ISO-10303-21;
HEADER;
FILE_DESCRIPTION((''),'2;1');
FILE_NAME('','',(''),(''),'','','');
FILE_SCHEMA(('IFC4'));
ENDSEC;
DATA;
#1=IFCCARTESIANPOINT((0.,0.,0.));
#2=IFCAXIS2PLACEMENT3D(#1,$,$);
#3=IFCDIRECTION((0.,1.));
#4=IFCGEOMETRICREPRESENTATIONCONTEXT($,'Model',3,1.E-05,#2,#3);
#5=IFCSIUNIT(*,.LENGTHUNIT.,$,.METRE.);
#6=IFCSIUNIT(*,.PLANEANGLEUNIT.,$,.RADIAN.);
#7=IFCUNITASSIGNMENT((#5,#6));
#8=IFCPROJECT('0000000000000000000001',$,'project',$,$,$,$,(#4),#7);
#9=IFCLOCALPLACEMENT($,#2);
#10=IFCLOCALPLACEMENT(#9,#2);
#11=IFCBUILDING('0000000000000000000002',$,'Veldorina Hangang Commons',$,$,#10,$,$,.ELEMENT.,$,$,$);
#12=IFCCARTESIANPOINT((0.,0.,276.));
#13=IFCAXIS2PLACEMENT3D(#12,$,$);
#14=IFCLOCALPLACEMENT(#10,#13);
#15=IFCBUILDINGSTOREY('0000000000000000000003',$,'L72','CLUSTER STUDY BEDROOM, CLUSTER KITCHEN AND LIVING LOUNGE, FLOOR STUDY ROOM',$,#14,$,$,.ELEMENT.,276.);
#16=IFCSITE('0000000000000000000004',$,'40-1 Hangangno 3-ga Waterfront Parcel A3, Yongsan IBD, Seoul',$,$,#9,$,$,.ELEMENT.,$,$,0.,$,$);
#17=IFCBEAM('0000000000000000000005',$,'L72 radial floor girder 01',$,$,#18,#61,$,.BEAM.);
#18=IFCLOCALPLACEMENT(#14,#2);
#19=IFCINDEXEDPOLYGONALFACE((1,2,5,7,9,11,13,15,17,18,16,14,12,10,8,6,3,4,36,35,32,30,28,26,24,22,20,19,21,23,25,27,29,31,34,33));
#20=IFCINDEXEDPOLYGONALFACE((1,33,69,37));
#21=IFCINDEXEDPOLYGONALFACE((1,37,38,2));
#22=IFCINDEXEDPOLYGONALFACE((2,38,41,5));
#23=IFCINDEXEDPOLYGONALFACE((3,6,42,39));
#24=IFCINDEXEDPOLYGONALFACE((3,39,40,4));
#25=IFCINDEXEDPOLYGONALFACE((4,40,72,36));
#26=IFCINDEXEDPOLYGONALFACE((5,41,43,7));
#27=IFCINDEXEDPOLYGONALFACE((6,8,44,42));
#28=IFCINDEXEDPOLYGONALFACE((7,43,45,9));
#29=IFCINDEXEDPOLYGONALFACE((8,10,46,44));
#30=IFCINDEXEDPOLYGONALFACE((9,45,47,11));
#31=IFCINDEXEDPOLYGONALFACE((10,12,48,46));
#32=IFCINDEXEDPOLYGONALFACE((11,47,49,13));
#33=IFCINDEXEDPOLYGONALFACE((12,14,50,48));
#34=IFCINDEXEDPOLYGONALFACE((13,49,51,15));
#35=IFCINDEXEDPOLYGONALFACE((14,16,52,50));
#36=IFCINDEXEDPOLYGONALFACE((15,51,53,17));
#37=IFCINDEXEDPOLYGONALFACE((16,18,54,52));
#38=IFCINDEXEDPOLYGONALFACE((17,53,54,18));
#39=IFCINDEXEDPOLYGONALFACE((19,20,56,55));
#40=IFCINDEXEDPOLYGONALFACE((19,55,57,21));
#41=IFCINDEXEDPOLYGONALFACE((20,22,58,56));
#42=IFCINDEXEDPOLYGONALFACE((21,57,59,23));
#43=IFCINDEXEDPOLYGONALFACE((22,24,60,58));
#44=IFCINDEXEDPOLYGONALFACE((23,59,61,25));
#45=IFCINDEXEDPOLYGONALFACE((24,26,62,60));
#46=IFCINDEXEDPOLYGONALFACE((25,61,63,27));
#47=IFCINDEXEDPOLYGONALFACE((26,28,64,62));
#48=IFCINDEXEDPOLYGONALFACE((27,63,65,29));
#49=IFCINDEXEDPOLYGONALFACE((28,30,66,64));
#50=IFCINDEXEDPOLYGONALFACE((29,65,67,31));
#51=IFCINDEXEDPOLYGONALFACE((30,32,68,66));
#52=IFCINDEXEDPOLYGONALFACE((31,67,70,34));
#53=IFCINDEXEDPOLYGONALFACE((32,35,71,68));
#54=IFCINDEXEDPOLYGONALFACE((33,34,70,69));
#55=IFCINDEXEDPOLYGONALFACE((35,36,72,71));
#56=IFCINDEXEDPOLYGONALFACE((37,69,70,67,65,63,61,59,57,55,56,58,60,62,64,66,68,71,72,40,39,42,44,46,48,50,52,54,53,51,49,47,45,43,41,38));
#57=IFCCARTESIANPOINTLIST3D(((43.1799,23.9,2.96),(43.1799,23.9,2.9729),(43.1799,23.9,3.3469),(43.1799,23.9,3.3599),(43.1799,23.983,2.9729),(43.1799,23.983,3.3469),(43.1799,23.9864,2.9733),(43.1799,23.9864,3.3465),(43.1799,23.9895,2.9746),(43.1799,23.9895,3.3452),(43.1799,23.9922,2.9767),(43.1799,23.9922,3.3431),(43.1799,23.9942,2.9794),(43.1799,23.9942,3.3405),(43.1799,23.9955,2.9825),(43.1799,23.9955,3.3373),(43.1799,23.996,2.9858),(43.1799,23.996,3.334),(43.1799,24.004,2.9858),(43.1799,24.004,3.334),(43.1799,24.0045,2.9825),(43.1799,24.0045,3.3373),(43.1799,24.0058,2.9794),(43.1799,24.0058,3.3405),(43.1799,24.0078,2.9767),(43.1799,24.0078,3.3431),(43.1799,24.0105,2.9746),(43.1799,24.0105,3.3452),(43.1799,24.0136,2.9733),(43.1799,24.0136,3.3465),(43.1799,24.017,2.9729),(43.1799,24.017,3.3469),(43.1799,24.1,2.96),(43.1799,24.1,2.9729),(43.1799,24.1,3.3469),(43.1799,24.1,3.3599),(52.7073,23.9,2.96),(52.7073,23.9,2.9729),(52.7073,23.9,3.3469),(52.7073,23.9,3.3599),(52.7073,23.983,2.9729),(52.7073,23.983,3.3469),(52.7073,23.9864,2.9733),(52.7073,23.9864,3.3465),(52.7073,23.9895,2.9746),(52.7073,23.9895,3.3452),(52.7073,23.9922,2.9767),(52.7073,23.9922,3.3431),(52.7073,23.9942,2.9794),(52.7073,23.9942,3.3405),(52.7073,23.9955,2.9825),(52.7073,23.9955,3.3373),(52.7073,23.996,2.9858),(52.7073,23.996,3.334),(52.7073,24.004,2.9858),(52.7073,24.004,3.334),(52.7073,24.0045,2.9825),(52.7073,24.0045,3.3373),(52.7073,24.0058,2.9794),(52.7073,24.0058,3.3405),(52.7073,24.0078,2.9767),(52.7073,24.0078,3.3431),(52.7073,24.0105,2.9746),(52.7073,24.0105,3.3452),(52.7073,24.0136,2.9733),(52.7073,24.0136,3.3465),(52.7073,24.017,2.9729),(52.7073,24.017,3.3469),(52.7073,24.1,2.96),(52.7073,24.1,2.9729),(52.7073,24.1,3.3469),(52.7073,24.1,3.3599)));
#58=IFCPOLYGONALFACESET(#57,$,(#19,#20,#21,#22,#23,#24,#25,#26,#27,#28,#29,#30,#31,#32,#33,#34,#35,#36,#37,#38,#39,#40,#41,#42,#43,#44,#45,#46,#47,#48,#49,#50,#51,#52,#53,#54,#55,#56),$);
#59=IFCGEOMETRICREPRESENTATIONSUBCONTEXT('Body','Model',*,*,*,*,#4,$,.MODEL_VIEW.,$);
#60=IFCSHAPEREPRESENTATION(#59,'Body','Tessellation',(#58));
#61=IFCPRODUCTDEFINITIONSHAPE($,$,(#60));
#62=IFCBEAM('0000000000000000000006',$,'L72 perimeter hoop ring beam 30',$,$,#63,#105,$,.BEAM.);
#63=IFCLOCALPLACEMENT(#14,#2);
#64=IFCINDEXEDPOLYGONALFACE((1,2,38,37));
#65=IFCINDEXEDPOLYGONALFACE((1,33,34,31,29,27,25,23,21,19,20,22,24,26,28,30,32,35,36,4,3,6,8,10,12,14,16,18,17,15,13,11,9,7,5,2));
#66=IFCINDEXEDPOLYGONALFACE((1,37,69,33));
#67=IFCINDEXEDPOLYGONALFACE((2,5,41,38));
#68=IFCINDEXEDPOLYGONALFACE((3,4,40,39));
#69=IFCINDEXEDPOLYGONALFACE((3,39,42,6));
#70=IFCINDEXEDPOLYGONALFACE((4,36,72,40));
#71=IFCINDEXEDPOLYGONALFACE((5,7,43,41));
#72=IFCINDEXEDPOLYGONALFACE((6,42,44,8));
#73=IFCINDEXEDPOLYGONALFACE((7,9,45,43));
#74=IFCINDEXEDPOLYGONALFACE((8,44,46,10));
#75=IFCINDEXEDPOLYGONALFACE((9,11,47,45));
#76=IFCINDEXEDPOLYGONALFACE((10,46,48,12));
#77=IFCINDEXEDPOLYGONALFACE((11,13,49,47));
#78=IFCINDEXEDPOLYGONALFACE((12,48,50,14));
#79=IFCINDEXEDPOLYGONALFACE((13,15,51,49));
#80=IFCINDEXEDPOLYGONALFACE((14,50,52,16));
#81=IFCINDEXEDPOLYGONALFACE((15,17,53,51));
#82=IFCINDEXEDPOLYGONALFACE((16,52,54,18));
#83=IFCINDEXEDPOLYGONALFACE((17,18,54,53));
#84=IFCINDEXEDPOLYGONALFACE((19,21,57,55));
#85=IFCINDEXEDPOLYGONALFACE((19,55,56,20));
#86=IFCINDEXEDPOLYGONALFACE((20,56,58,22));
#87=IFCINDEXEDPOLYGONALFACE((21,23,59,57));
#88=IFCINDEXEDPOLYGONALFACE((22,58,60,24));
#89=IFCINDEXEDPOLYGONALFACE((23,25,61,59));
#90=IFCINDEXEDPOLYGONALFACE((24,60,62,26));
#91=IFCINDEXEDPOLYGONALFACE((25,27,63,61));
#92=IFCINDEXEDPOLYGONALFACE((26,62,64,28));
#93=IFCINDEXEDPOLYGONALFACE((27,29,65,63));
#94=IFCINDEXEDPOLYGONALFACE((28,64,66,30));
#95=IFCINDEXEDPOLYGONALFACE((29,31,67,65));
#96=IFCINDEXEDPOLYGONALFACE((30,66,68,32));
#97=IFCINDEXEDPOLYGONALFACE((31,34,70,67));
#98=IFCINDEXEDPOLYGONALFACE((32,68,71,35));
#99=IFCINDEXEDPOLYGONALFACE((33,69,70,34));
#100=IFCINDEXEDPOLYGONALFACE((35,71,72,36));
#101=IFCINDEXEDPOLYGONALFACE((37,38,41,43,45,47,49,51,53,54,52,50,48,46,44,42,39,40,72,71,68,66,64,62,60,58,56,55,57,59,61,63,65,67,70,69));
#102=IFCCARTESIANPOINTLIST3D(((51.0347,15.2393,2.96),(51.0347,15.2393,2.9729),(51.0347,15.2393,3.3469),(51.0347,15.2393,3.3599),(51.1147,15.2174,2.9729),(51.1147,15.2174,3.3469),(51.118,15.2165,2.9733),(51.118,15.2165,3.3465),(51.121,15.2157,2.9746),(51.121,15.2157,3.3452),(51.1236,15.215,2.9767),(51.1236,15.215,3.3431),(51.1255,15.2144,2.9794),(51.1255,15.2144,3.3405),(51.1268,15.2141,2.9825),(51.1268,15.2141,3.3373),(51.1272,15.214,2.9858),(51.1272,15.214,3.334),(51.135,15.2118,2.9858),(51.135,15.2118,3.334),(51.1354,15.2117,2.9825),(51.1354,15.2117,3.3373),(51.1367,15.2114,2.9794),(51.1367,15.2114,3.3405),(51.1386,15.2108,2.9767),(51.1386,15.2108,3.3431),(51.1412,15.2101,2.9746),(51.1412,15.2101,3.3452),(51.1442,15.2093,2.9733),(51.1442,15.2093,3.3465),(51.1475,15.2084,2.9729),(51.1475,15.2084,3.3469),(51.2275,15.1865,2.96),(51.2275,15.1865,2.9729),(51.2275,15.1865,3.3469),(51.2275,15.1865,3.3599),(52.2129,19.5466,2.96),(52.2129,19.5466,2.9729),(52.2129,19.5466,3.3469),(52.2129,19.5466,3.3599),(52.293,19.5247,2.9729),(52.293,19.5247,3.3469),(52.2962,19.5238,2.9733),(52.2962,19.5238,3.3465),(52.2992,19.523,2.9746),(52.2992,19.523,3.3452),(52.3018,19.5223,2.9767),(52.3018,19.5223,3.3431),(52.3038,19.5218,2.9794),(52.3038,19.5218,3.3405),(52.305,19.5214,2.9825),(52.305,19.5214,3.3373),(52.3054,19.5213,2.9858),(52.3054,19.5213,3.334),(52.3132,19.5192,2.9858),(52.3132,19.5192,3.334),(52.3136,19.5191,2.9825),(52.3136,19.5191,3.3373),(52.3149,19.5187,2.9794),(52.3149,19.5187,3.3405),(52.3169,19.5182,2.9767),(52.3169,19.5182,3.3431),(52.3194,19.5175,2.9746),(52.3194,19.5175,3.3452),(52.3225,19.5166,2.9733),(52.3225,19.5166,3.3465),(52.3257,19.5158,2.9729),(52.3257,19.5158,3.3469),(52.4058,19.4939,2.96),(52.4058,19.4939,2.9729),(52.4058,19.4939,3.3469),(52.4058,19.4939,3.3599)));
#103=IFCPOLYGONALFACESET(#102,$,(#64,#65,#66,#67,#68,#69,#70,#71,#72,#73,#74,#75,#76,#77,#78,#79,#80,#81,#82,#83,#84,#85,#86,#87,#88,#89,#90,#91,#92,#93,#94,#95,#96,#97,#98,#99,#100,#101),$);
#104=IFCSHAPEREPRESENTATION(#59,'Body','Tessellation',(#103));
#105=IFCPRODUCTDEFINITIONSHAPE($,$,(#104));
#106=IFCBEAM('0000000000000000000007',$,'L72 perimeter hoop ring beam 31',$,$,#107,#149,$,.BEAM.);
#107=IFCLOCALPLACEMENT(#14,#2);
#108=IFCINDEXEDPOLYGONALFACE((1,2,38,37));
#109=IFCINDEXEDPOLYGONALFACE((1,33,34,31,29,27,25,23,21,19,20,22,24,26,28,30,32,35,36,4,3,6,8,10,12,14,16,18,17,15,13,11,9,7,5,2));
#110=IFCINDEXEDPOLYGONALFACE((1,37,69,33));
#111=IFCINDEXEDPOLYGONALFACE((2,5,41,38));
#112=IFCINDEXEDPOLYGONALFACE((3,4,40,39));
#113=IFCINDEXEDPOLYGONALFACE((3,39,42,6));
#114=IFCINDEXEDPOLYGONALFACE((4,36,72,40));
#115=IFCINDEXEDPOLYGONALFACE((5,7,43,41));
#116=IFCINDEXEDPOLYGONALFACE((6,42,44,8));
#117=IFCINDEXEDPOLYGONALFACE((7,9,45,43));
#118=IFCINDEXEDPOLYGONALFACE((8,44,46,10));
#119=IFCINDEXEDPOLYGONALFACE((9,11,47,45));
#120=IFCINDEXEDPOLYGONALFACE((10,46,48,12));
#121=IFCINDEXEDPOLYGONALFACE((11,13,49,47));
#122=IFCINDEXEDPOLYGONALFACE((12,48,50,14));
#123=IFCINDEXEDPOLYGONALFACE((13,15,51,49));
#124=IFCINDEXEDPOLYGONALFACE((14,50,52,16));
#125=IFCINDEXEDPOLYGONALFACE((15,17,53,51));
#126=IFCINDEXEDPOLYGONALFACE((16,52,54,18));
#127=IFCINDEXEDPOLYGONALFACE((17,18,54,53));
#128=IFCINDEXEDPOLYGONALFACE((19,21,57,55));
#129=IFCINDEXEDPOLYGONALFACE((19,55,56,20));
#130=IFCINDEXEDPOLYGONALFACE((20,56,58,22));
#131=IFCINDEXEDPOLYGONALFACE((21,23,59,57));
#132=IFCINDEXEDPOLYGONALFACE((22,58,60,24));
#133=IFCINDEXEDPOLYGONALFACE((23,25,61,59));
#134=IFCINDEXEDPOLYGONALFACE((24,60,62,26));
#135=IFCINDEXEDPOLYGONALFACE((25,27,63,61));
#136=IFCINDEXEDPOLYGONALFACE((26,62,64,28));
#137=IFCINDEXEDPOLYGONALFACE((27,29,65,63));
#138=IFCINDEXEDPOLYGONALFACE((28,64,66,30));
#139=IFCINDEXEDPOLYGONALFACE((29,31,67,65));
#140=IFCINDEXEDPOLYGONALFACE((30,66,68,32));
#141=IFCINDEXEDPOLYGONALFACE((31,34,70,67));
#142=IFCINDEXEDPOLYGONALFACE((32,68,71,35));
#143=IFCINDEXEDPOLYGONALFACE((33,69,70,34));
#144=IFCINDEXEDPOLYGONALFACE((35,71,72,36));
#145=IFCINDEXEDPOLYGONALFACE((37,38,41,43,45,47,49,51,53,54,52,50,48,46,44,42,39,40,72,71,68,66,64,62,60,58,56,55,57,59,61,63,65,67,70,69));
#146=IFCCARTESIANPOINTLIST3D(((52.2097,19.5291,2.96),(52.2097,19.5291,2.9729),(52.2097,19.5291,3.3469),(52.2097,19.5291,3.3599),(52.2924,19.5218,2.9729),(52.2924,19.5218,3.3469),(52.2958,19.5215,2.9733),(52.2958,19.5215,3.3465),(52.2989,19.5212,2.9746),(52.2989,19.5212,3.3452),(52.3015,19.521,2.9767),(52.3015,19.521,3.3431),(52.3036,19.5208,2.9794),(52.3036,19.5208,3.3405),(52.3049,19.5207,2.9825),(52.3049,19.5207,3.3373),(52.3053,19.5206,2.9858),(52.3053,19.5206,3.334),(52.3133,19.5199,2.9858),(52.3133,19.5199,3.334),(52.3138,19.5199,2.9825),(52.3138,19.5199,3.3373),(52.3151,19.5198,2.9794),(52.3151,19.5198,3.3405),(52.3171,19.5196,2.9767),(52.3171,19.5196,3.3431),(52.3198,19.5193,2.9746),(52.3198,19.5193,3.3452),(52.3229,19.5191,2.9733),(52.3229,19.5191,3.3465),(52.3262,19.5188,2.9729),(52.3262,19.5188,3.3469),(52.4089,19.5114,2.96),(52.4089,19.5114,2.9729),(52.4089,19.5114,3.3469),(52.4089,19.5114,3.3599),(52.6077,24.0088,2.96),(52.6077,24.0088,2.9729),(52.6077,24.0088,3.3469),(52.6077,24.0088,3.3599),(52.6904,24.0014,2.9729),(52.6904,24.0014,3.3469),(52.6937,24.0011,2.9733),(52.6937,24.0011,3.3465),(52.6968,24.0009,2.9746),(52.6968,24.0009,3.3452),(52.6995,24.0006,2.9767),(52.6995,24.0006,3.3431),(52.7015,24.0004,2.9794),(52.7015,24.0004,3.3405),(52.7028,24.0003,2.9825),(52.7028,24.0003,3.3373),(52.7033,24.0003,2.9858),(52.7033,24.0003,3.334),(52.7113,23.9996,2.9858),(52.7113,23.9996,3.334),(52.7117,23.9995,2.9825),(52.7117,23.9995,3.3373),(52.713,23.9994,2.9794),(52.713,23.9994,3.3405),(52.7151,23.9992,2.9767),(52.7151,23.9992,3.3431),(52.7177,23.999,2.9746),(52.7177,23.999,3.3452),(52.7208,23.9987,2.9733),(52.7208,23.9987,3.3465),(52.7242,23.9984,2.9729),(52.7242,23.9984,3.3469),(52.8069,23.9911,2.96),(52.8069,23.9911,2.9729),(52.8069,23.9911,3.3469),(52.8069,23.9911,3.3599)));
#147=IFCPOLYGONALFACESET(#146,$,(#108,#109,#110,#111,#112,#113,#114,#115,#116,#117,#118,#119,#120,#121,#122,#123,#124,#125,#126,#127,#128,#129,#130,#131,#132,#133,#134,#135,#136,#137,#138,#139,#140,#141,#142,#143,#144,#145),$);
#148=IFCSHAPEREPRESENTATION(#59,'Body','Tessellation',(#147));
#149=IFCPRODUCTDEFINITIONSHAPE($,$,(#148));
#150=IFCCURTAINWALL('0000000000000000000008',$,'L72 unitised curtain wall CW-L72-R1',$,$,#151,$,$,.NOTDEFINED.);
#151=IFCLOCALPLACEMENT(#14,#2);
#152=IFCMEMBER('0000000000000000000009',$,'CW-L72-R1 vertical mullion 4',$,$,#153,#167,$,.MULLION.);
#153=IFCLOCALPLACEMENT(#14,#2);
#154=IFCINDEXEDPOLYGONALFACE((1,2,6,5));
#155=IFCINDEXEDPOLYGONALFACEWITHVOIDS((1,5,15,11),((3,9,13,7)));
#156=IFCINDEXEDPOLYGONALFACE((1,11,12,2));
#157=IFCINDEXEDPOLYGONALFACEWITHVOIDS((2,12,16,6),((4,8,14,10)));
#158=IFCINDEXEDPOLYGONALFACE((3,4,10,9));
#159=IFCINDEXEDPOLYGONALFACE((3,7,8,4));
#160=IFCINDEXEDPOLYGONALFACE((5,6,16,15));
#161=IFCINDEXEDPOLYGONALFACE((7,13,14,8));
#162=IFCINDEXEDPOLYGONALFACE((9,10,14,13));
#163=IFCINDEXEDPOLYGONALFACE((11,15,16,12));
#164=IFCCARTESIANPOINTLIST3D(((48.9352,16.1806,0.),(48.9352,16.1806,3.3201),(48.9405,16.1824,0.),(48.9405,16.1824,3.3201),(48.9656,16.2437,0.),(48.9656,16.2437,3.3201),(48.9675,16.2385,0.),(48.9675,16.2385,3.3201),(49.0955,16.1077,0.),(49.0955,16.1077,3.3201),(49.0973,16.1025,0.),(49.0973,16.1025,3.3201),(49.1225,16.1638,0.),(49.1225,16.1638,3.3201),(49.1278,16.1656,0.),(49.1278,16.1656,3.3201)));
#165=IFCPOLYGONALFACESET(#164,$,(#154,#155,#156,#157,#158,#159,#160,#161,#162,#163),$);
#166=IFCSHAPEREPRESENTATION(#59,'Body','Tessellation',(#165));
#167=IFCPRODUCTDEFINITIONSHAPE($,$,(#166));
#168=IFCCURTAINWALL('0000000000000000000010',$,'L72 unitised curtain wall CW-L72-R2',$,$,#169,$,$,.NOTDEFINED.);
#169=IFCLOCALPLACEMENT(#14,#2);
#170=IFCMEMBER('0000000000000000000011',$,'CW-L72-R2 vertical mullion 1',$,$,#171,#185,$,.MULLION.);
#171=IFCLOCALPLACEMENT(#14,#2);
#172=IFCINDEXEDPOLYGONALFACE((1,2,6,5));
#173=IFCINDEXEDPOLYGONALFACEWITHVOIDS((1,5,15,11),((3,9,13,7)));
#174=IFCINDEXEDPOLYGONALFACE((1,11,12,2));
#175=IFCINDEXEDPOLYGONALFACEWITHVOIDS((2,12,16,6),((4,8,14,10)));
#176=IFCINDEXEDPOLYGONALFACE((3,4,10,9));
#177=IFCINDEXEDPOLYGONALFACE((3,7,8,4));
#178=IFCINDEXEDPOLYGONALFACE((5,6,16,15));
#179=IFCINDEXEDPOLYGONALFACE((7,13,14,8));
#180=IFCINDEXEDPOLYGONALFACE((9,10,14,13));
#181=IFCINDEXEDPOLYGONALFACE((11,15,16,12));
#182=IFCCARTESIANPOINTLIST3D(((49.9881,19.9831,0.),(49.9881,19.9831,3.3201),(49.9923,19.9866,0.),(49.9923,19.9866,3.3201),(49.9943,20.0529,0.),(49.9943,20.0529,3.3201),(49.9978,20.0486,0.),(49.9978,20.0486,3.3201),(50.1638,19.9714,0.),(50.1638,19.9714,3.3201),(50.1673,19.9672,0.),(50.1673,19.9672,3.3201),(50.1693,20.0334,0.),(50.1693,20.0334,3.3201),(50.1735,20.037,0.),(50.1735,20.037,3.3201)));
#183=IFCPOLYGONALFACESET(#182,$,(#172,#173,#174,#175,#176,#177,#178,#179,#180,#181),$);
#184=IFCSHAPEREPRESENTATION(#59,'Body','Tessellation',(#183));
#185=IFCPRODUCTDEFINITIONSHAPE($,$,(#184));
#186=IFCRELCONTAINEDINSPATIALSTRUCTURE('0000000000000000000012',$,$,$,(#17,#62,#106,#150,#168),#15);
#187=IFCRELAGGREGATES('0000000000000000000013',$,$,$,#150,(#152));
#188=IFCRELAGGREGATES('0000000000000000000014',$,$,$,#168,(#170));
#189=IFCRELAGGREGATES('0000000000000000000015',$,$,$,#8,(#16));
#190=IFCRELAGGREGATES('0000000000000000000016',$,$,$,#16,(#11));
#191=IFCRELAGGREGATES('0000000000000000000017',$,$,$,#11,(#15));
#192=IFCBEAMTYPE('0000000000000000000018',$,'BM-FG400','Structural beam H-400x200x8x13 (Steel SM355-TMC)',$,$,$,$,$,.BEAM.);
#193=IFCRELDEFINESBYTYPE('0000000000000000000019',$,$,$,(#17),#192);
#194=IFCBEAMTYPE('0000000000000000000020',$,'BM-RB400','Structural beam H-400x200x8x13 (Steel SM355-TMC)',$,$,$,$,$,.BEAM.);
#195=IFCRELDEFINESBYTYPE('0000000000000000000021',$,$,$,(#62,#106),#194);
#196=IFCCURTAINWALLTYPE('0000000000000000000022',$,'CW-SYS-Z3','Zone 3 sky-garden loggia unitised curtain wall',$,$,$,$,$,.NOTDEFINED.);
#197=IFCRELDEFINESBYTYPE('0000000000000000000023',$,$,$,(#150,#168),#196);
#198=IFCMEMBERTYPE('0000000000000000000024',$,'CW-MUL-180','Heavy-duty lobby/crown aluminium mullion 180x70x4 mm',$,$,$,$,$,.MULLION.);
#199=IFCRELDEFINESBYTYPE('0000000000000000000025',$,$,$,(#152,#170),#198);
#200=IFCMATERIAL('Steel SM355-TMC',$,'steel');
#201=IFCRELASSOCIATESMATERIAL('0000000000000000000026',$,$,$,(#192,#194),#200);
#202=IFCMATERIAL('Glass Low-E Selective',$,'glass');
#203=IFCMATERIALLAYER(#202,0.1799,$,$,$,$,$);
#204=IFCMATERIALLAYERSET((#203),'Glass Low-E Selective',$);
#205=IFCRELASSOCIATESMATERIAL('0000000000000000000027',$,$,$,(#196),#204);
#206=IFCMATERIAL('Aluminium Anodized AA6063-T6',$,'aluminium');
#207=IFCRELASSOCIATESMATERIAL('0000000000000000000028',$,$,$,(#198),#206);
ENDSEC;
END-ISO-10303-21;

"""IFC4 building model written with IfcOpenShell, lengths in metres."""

from ifc_helpers import new_model, si_unit, direction, frame, origin, origin_2d, place, context, subcontext, project, spatial, hollow_rectangle, i_section, extrude, material, layer, layer_set, material_profile, profile_set, type_object, element, aggregate, save


model = new_model("IFC4")

# Units and contexts
model_context = context("Model", 3, precision=1e-05, world=origin(), true_north=direction((0.0, 1.0)))
body_context = subcontext(model_context, "Body", "Model", "MODEL_VIEW")
ifc_project = project(units=[si_unit("LENGTHUNIT", "METRE"), si_unit("PLANEANGLEUNIT", "RADIAN")], contexts=[model_context])

# Site, building, storey
site_placement = place(None, origin())
site = spatial("IfcSite", under=ifc_project, at=site_placement, Name="40-1 Hangangno 3-ga Waterfront Parcel A3, Yongsan IBD, Seoul", CompositionType="ELEMENT", RefElevation=0.0)
building_placement = place(site_placement, origin())
building = spatial("IfcBuilding", under=site, at=building_placement, Name="Veldorina Hangang Commons", CompositionType="ELEMENT")
storey_placement = place(building_placement, frame((0.0, 0.0, 276.0)))
storey = spatial("IfcBuildingStorey", under=building, at=storey_placement, Name="L72", Description="CLUSTER STUDY BEDROOM, CLUSTER KITCHEN AND LIVING LOUNGE, FLOOR STUDY ROOM", CompositionType="ELEMENT", Elevation=276.0)

# Beams
ifc_material_1 = material(Name="Steel SM355-TMC", Category="steel")
ifc_material_profile_1 = material_profile(ifc_material_1, i_section(OverallWidth=0.2, OverallDepth=0.3999, WebThickness=0.0081, FlangeThickness=0.0129, FilletRadius=0.0129, at=origin_2d()), Name="H-400x200x8x13")
ifc_profile_set_1 = profile_set([ifc_material_profile_1], Name="Steel SM355-TMC")
beam_type_1 = type_object("IfcBeamType", Name="BM-FG400", Description="Structural beam H-400x200x8x13 (Steel SM355-TMC)", PredefinedType="BEAM", material=ifc_profile_set_1)
beam_1_placement = place(storey_placement, frame((43.1799, 24.0, 3.1599), z_axis=(1.0, 0.0, 0.0), x_axis=(0.0, 1.0, 0.0)))
element("IfcBeam", 1, at=beam_1_placement, inside=storey, type_object=beam_type_1, Name="L72 radial floor girder 01", PredefinedType="BEAM", context=body_context, shape_type="SweptSolid", body=[
    extrude(i_section(OverallWidth=0.2, OverallDepth=0.3999, WebThickness=0.0081, FlangeThickness=0.0129, FilletRadius=0.0129, at=origin_2d()), origin(), (0.0, 0.0, 1.0), 9.5273),
])
ifc_material_profile_2 = material_profile(ifc_material_1, i_section(OverallWidth=0.2, OverallDepth=0.3999, WebThickness=0.0081, FlangeThickness=0.0129, FilletRadius=0.0129, at=origin_2d()), Name="H-400x200x8x13")
ifc_profile_set_2 = profile_set([ifc_material_profile_2], Name="Steel SM355-TMC")
beam_type_2 = type_object("IfcBeamType", Name="BM-RB400", Description="Structural beam H-400x200x8x13 (Steel SM355-TMC)", PredefinedType="BEAM", material=ifc_profile_set_2)
beam_2_placement = place(storey_placement, frame((51.1311, 15.2129, 3.1599), z_axis=(0.263844, 0.964565, 0.0), x_axis=(-0.964565, 0.263844, 0.0)))
element("IfcBeam", 2, at=beam_2_placement, inside=storey, type_object=beam_type_2, Name="L72 perimeter hoop ring beam 30", PredefinedType="BEAM", context=body_context, shape_type="SweptSolid", body=[
    extrude(i_section(OverallWidth=0.2, OverallDepth=0.3999, WebThickness=0.0081, FlangeThickness=0.0129, FilletRadius=0.0129, at=origin_2d()), origin(), (0.0, 0.0, 1.0), 4.4656),
])
beam_3_placement = place(storey_placement, frame((52.3093, 19.5203, 3.1599), z_axis=(0.088485, 0.996078, 0.0), x_axis=(-0.996078, 0.088485, 0.0)))
element("IfcBeam", 3, at=beam_3_placement, inside=storey, type_object=beam_type_2, Name="L72 perimeter hoop ring beam 31", PredefinedType="BEAM", context=body_context, shape_type="SweptSolid", body=[
    extrude(i_section(OverallWidth=0.2, OverallDepth=0.3999, WebThickness=0.0081, FlangeThickness=0.0129, FilletRadius=0.0129, at=origin_2d()), origin(), (0.0, 0.0, 1.0), 4.4973),
])

# Curtain walls, members
ifc_material_2 = material(Name="Glass Low-E Selective", Category="glass")
ifc_layer_1 = layer(ifc_material_2, 0.1799)
ifc_layer_set_1 = layer_set([ifc_layer_1], Name="Glass Low-E Selective")
curtain_wall_type = type_object("IfcCurtainWallType", Name="CW-SYS-Z3", Description="Zone 3 sky-garden loggia unitised curtain wall", PredefinedType="NOTDEFINED", material=ifc_layer_set_1)
curtain_wall_1_placement = place(storey_placement, origin())
curtain_wall_1 = element("IfcCurtainWall", 4, at=curtain_wall_1_placement, inside=storey, type_object=curtain_wall_type, Name="L72 unitised curtain wall CW-L72-R1", PredefinedType="NOTDEFINED")
ifc_material_3 = material(Name="Aluminium Anodized AA6063-T6", Category="aluminium")
ifc_material_profile_3 = material_profile(ifc_material_3, hollow_rectangle(XDim=0.0701, YDim=0.1799, WallThickness=0.0039, at=origin_2d()), Name="ALU-RHS-180x70x4")
ifc_profile_set_3 = profile_set([ifc_material_profile_3], Name="Aluminium Anodized AA6063-T6")
member_type_1 = type_object("IfcMemberType", Name="CW-MUL-180", Description="Heavy-duty lobby/crown aluminium mullion 180x70x4 mm", PredefinedType="MULLION", material=ifc_profile_set_3)
member_1_placement = place(storey_placement, frame((49.0315, 16.1731, 0.0), z_axis=(0.0, 0.0, 1.0), x_axis=(-0.434021, -0.900903, 0.0)))
member_1 = element("IfcMember", 5, at=member_1_placement, type_object=member_type_1, Name="CW-L72-R1 vertical mullion 4", PredefinedType="MULLION", context=body_context, shape_type="SweptSolid", body=[
    extrude(hollow_rectangle(XDim=0.0701, YDim=0.1799, WallThickness=0.0039, at=origin_2d()), origin(), (0.0, 0.0, 1.0), 3.3201),
])
curtain_wall_2_placement = place(storey_placement, origin())
curtain_wall_2 = element("IfcCurtainWall", 6, at=curtain_wall_2_placement, inside=storey, type_object=curtain_wall_type, Name="L72 unitised curtain wall CW-L72-R2", PredefinedType="NOTDEFINED")
member_2_placement = place(storey_placement, frame((50.0808, 20.01, 0.0), z_axis=(0.0, 0.0, 1.0), x_axis=(0.088425, 0.996083, 0.0)))
member_2 = element("IfcMember", 7, at=member_2_placement, type_object=member_type_1, Name="CW-L72-R2 vertical mullion 1", PredefinedType="MULLION", context=body_context, shape_type="SweptSolid", body=[
    extrude(hollow_rectangle(XDim=0.0701, YDim=0.1799, WallThickness=0.0039, at=origin_2d()), origin(), (0.0, 0.0, 1.0), 3.3201),
])

aggregate(curtain_wall_1, [member_1])
aggregate(curtain_wall_2, [member_2])

save(model, "model.ifc")
